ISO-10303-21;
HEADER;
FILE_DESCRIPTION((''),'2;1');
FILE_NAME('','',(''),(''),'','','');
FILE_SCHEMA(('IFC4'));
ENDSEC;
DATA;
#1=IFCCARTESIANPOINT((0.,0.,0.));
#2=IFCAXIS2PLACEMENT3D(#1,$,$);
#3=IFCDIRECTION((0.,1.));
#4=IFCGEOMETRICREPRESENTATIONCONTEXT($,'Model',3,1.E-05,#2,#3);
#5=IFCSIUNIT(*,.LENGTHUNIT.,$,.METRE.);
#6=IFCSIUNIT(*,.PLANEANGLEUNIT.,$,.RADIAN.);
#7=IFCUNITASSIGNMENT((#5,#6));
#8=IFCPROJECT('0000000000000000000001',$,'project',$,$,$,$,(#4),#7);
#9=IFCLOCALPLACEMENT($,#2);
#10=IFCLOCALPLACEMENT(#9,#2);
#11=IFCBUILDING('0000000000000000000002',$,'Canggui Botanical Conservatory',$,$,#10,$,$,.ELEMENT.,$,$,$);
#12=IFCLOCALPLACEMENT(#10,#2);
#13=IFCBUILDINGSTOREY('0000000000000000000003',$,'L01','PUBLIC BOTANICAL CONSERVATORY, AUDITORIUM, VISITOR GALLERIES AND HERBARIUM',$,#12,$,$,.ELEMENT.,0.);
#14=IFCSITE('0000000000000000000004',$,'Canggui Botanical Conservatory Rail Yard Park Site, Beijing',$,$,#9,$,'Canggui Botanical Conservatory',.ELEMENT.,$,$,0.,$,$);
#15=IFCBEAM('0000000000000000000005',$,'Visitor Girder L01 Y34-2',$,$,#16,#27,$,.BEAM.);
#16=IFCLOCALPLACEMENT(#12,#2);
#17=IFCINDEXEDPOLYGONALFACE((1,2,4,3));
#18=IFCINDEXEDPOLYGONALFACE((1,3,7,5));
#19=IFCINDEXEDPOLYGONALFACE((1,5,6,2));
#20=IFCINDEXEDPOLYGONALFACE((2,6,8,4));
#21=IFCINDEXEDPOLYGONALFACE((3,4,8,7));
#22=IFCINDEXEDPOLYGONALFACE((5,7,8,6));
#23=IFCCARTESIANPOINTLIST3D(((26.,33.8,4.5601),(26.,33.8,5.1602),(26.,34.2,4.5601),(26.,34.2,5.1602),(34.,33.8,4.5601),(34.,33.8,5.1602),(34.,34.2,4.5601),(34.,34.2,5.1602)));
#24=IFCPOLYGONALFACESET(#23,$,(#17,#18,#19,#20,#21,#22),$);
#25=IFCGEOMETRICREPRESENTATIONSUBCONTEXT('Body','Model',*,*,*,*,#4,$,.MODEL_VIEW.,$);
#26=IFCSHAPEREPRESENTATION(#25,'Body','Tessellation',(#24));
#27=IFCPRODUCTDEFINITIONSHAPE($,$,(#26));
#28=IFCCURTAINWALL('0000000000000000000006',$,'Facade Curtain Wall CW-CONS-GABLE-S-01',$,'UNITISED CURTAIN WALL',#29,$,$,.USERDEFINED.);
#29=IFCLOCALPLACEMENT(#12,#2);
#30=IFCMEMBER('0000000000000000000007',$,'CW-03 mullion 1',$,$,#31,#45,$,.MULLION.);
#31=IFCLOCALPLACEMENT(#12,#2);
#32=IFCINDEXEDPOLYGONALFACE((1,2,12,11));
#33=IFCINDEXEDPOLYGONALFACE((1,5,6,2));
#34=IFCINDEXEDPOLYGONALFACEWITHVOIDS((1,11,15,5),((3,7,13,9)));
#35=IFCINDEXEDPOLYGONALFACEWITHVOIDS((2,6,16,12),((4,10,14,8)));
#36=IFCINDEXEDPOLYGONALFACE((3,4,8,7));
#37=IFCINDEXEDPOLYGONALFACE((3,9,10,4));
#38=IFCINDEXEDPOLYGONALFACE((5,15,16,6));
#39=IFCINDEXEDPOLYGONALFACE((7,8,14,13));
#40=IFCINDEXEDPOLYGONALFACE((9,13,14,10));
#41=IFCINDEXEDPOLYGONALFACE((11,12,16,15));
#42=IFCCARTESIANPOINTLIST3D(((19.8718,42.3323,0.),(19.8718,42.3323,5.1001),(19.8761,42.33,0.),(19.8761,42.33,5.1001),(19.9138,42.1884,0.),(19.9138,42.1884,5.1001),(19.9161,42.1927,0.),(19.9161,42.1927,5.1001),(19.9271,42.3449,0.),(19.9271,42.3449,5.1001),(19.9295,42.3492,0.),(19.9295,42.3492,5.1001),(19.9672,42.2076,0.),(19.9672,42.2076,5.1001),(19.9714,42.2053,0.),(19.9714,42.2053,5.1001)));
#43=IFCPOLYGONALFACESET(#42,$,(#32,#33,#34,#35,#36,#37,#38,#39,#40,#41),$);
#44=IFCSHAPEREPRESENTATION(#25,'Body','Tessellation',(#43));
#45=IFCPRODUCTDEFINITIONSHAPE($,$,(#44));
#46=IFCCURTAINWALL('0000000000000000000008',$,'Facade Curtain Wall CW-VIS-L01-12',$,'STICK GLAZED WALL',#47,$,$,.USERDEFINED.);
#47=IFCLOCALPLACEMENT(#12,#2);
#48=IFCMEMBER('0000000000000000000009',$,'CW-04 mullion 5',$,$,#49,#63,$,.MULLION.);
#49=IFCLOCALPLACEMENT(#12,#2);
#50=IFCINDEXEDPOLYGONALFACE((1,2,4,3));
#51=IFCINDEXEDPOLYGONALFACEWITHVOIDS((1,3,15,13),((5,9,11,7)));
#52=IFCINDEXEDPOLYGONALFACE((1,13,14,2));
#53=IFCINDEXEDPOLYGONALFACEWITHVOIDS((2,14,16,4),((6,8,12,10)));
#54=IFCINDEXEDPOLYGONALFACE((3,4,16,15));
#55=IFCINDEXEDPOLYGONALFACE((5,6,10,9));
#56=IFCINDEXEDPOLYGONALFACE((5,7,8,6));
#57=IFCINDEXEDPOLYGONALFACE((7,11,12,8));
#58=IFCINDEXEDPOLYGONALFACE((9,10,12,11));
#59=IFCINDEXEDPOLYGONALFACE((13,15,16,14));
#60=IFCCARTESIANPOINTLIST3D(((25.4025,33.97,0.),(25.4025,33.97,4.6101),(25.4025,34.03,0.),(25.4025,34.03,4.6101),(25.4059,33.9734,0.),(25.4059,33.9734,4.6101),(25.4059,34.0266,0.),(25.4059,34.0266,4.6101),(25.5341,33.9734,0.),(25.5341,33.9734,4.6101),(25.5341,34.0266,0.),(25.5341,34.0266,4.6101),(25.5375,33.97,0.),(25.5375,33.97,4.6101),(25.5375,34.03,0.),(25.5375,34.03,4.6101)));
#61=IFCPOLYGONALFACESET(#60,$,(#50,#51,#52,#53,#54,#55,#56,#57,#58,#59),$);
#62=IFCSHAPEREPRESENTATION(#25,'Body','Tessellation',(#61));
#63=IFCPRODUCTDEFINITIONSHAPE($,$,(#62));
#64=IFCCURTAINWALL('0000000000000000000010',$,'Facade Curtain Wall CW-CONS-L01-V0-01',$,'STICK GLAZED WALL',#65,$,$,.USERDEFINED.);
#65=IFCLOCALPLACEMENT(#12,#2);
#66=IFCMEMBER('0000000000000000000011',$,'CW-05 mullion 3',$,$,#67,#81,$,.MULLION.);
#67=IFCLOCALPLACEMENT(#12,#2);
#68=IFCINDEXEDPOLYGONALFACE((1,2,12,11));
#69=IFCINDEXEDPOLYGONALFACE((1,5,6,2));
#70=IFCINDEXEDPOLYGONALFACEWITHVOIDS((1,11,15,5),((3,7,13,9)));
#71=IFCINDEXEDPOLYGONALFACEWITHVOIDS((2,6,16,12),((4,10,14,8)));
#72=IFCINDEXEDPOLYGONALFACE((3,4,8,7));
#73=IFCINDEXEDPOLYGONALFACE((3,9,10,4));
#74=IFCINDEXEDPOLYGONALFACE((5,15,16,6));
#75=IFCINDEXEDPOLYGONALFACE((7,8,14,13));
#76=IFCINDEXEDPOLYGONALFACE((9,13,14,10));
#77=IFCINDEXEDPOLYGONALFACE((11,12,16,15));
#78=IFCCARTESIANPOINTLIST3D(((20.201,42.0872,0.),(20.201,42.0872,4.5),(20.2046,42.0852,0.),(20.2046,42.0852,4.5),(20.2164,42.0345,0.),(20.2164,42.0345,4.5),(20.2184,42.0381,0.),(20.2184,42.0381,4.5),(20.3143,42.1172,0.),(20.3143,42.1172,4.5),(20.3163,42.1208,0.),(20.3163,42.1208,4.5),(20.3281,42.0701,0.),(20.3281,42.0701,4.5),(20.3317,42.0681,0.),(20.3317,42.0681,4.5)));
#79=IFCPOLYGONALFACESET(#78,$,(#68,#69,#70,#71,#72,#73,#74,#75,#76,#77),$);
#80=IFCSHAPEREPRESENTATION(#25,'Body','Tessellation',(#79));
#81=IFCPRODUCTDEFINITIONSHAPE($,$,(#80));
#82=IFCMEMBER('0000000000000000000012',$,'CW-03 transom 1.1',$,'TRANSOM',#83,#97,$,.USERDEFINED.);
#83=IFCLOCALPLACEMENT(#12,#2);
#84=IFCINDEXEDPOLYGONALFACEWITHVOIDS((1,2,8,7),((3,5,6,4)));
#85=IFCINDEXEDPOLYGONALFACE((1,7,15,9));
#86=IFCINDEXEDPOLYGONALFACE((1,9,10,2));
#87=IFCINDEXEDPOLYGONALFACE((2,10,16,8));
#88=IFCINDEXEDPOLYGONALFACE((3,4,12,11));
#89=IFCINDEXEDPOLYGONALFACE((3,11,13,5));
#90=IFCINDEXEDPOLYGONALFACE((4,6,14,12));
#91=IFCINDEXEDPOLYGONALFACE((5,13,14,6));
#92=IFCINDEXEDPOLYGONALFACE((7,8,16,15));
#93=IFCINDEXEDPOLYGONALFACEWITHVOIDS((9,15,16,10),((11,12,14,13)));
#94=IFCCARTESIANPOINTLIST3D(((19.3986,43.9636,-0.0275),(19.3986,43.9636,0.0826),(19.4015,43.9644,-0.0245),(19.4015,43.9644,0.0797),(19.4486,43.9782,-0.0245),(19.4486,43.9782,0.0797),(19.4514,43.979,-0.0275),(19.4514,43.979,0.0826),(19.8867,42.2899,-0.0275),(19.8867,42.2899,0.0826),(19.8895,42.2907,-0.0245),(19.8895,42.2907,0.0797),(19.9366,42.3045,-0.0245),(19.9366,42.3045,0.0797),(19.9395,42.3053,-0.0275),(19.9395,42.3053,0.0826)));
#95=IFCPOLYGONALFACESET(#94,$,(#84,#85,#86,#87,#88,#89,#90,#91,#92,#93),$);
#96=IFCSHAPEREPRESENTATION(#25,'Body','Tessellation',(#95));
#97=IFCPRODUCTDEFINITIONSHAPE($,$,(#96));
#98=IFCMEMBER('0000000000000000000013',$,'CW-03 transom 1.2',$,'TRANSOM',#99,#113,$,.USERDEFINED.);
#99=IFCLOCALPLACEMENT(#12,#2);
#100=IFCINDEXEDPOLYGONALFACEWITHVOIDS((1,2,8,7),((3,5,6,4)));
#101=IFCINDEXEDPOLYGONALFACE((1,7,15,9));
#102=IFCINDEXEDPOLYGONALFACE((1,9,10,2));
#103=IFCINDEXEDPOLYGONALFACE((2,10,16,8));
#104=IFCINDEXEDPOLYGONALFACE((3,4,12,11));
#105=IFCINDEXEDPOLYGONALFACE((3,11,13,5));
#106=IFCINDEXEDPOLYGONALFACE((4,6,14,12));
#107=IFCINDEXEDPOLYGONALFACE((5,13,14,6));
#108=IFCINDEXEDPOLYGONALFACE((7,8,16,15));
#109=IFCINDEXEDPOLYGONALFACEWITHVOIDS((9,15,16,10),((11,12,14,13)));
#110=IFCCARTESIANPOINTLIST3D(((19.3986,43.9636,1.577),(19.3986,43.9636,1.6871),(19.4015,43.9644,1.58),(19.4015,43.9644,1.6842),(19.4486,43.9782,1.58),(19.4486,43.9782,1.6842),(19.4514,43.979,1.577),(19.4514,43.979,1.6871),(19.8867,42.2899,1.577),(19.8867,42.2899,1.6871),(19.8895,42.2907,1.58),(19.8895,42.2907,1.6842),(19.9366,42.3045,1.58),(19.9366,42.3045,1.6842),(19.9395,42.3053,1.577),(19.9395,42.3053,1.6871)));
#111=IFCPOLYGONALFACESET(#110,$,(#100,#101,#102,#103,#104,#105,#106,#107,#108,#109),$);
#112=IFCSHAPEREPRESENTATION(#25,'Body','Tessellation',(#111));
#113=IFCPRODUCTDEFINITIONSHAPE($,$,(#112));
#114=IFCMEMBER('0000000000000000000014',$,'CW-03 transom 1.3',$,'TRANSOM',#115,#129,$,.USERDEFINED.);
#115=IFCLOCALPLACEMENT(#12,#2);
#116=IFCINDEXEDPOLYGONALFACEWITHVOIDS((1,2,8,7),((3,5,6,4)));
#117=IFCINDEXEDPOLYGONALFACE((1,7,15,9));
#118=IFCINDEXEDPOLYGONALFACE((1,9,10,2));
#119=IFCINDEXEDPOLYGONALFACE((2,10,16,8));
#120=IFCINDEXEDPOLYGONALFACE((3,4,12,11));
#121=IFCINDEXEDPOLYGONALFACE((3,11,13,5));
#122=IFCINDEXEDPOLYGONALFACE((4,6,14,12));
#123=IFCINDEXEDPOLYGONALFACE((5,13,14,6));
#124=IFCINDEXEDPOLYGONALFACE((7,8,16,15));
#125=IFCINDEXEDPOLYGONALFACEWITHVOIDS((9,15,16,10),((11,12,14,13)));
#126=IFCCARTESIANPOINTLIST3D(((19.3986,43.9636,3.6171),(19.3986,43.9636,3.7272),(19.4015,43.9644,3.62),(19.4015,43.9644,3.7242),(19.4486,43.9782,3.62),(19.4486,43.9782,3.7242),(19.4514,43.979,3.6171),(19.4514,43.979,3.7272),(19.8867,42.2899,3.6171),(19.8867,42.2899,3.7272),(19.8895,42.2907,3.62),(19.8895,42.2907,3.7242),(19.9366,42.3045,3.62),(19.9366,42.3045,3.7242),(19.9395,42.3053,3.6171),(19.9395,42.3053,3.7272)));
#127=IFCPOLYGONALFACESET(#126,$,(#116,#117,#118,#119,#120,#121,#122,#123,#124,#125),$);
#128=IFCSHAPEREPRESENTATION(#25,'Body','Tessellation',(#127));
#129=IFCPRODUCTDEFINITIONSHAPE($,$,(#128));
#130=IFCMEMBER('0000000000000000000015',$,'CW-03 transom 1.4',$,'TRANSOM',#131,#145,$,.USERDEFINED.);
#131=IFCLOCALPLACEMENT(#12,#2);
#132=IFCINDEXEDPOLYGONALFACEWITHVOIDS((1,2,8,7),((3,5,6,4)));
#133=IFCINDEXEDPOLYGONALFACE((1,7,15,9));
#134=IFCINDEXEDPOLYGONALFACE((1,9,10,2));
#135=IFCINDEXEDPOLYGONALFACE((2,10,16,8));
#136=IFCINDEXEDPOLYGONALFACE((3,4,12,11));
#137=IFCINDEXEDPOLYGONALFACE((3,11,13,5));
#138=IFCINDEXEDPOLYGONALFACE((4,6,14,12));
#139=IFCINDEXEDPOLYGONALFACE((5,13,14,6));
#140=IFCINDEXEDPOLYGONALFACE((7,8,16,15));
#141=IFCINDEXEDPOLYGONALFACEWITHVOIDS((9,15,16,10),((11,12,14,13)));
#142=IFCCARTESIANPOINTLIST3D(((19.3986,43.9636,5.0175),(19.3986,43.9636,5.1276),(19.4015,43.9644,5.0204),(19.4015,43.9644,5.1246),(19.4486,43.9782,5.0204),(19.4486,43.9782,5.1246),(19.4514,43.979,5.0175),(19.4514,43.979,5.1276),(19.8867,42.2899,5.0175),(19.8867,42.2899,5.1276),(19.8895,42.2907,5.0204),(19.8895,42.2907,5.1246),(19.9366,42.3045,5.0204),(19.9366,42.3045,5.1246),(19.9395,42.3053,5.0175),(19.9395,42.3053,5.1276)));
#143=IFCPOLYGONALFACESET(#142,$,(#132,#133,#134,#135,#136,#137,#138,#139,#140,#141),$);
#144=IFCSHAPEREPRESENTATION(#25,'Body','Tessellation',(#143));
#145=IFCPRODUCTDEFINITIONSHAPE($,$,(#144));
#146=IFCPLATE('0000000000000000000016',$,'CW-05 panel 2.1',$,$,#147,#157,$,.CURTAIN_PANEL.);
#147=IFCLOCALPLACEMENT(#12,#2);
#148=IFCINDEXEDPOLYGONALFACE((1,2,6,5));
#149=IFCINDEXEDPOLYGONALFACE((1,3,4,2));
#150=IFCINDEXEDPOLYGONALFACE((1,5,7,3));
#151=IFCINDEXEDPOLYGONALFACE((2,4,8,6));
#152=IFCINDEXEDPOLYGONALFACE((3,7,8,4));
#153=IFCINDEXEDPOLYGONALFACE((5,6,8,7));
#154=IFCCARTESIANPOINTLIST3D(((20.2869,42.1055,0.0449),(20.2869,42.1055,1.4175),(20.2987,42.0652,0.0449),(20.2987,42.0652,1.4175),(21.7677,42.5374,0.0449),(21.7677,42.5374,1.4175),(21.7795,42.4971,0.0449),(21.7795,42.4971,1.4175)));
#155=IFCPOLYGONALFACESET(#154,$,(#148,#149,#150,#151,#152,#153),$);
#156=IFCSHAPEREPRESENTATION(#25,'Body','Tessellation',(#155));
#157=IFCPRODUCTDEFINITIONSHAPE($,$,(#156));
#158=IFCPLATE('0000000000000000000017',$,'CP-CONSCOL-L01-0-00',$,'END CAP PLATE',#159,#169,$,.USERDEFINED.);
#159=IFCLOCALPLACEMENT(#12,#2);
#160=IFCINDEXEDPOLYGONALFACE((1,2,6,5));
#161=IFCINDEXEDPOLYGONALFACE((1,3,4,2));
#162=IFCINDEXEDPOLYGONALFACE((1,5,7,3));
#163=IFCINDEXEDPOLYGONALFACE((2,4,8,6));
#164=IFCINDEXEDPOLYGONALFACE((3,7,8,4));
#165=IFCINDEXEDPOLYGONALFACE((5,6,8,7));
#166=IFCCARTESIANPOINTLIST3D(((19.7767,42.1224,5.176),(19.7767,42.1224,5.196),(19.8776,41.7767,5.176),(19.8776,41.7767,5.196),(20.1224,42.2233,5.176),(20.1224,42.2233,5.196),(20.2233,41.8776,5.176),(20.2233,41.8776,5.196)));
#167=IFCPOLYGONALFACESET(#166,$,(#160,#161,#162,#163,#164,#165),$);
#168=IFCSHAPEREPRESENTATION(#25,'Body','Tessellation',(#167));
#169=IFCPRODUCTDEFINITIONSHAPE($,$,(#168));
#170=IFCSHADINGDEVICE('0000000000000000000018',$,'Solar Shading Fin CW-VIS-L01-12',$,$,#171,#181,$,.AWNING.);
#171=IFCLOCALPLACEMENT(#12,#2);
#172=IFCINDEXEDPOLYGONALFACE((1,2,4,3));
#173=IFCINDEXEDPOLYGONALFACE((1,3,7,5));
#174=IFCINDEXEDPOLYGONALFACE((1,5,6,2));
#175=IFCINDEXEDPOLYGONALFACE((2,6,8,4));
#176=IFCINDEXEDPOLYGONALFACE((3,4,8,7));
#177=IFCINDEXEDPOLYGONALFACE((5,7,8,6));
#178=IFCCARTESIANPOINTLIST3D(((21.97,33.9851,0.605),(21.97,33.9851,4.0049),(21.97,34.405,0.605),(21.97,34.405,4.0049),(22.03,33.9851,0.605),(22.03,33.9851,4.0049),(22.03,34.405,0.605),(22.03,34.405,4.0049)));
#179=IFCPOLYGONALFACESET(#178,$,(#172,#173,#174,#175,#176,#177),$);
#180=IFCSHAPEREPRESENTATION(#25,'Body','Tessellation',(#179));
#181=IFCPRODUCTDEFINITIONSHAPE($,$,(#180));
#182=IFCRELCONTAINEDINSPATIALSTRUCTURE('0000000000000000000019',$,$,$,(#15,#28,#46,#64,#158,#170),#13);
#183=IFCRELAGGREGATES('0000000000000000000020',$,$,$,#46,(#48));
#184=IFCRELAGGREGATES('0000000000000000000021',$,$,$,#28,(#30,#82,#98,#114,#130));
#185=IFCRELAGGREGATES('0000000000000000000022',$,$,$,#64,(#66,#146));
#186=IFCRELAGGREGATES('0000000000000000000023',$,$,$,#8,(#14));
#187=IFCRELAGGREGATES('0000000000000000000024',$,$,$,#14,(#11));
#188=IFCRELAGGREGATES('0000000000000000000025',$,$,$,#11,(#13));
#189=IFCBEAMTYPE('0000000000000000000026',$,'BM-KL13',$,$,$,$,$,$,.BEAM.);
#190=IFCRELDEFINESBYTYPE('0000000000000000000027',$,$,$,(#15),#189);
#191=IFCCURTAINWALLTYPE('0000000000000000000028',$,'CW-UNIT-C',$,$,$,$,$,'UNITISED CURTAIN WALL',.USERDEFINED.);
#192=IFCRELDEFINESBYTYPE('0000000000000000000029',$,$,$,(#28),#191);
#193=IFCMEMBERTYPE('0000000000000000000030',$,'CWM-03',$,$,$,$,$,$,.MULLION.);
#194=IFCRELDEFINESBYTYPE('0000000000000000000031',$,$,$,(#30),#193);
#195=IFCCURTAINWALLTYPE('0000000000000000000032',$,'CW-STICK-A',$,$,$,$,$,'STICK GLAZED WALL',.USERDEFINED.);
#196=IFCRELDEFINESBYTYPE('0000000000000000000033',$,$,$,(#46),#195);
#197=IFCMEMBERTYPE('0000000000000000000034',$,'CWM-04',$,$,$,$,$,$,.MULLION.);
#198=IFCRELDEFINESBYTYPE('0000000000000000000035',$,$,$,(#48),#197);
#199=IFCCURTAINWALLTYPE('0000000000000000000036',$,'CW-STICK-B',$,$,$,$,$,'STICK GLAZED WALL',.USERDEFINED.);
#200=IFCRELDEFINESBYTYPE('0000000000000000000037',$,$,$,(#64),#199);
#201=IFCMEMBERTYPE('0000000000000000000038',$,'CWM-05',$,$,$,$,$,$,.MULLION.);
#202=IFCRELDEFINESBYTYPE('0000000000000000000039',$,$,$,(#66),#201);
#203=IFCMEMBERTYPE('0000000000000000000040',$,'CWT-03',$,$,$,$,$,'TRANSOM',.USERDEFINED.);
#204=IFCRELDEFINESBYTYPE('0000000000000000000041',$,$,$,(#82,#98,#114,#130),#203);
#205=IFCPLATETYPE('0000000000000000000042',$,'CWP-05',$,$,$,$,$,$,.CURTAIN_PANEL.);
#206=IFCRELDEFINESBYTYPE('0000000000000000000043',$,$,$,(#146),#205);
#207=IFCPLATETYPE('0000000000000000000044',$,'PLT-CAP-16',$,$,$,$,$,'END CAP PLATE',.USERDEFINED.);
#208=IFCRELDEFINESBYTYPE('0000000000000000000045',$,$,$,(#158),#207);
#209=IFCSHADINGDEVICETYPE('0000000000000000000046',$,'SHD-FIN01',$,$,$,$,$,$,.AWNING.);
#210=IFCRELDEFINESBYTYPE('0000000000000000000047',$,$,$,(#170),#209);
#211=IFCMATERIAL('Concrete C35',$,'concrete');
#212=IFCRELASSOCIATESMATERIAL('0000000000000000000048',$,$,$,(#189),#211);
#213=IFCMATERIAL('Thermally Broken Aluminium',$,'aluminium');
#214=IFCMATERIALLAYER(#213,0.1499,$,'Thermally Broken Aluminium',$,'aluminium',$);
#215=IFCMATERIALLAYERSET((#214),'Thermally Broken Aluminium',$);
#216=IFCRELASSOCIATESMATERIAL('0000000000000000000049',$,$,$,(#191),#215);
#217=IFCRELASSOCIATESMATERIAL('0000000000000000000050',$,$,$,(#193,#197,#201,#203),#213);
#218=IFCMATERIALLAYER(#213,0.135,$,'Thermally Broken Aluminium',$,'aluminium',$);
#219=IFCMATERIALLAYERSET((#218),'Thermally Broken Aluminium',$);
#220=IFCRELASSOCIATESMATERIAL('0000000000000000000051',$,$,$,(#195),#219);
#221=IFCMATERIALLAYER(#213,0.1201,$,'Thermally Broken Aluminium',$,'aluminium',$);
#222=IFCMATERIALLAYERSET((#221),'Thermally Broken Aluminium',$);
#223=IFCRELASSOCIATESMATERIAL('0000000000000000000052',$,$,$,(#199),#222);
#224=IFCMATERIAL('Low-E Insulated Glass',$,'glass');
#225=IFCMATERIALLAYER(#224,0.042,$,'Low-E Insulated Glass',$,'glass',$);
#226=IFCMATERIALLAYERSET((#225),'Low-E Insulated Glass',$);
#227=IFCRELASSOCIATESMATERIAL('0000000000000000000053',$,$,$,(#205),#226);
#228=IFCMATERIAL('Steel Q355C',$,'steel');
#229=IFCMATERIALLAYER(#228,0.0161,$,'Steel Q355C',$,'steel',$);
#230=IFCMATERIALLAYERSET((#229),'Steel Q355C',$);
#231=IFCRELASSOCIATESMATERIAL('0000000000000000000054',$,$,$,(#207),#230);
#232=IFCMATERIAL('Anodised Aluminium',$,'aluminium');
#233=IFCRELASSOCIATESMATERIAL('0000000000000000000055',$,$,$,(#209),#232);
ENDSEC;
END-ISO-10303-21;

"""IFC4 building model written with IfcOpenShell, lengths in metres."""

from ifc_helpers import new_model, si_unit, direction, frame, origin, origin_2d, place, context, subcontext, project, spatial, rectangle, hollow_rectangle, extrude, material, layer, layer_set, material_profile, profile_set, type_object, element, aggregate, save


model = new_model("IFC4")

# Units and contexts
model_context = context("Model", 3, precision=1e-05, world=origin(), true_north=direction((0.0, 1.0)))
body_context = subcontext(model_context, "Body", "Model", "MODEL_VIEW")
ifc_project = project(units=[si_unit("LENGTHUNIT", "METRE"), si_unit("PLANEANGLEUNIT", "RADIAN")], contexts=[model_context])

# Site, building, storey
site_placement = place(None, origin())
site = spatial("IfcSite", under=ifc_project, at=site_placement, Name="Canggui Botanical Conservatory Rail Yard Park Site, Beijing", LongName="Canggui Botanical Conservatory", CompositionType="ELEMENT", RefElevation=0.0)
building_placement = place(site_placement, origin())
building = spatial("IfcBuilding", under=site, at=building_placement, Name="Canggui Botanical Conservatory", CompositionType="ELEMENT")
storey_placement = place(building_placement, origin())
storey = spatial("IfcBuildingStorey", under=building, at=storey_placement, Name="L01", Description="PUBLIC BOTANICAL CONSERVATORY, AUDITORIUM, VISITOR GALLERIES AND HERBARIUM", CompositionType="ELEMENT", Elevation=0.0)

# Shared definitions
ifc_material_1 = material(Name="Concrete C35", Category="concrete")

# Shared definitions
ifc_material_2 = material(Name="Steel Q355C", Category="steel")

# Beam
ifc_material_profile_1 = material_profile(ifc_material_1, rectangle(XDim=0.3999, YDim=0.6001, at=origin_2d()), Name="RB 400x600")
ifc_profile_set_1 = profile_set([ifc_material_profile_1], Name="Concrete C35")
beam_type_1 = type_object("IfcBeamType", Name="BM-KL13", PredefinedType="BEAM", material=ifc_profile_set_1)
beam_1_placement = place(storey_placement, frame((26.0, 34.0, 4.8601), z_axis=(1.0, 0.0, 0.0), x_axis=(0.0, 1.0, 0.0)))
element("IfcBeam", 1, at=beam_1_placement, inside=storey, type_object=beam_type_1, Name="Visitor Girder L01 Y34-2", PredefinedType="BEAM", context=body_context, shape_type="SweptSolid", body=[
    extrude(rectangle(XDim=0.3999, YDim=0.6001, at=origin_2d()), origin(), (0.0, 0.0, 1.0), 8.0),
])

# Curtain walls, members
ifc_material_3 = material(Name="Thermally Broken Aluminium", Category="aluminium")
ifc_layer_1 = layer(ifc_material_3, 0.1499, Name="Thermally Broken Aluminium", Category="aluminium")
ifc_layer_set_1 = layer_set([ifc_layer_1], Name="Thermally Broken Aluminium")
curtain_wall_type_1 = type_object("IfcCurtainWallType", Name="CW-UNIT-C", ElementType="UNITISED CURTAIN WALL", PredefinedType="USERDEFINED", material=ifc_layer_set_1)
curtain_wall_1_placement = place(storey_placement, origin())
curtain_wall_1 = element("IfcCurtainWall", 2, at=curtain_wall_1_placement, inside=storey, type_object=curtain_wall_type_1, Name="Facade Curtain Wall CW-CONS-GABLE-S-01", ObjectType="UNITISED CURTAIN WALL", PredefinedType="USERDEFINED")
ifc_material_profile_2 = material_profile(ifc_material_3, hollow_rectangle(XDim=0.0601, YDim=0.1499, WallThickness=0.0034, at=origin_2d()), Name="CWM 60x150x3.5")
ifc_profile_set_2 = profile_set([ifc_material_profile_2], Name="Thermally Broken Aluminium")
member_type_1 = type_object("IfcMemberType", Name="CWM-03", PredefinedType="MULLION", material=ifc_profile_set_2)
member_1_placement = place(storey_placement, frame((19.9216, 42.2688, 0.0), z_axis=(0.0, 0.0, 1.0), x_axis=(-0.96, -0.28, 0.0)))
member_1 = element("IfcMember", 3, at=member_1_placement, type_object=member_type_1, Name="CW-03 mullion 1", PredefinedType="MULLION", context=body_context, shape_type="SweptSolid", body=[
    extrude(hollow_rectangle(XDim=0.0601, YDim=0.1499, WallThickness=0.0034, at=origin_2d()), origin(), (0.0, 0.0, 1.0), 5.1001),
])
ifc_layer_2 = layer(ifc_material_3, 0.135, Name="Thermally Broken Aluminium", Category="aluminium")
ifc_layer_set_2 = layer_set([ifc_layer_2], Name="Thermally Broken Aluminium")
curtain_wall_type_2 = type_object("IfcCurtainWallType", Name="CW-STICK-A", ElementType="STICK GLAZED WALL", PredefinedType="USERDEFINED", material=ifc_layer_set_2)
curtain_wall_2_placement = place(storey_placement, origin())
curtain_wall_2 = element("IfcCurtainWall", 4, at=curtain_wall_2_placement, inside=storey, type_object=curtain_wall_type_2, Name="Facade Curtain Wall CW-VIS-L01-12", ObjectType="STICK GLAZED WALL", PredefinedType="USERDEFINED")
ifc_material_profile_3 = material_profile(ifc_material_3, hollow_rectangle(XDim=0.0601, YDim=0.135, WallThickness=0.0034, at=origin_2d()), Name="CWM 60x135x3.5")
ifc_profile_set_3 = profile_set([ifc_material_profile_3], Name="Thermally Broken Aluminium")
member_type_2 = type_object("IfcMemberType", Name="CWM-04", PredefinedType="MULLION", material=ifc_profile_set_3)
member_2_placement = place(storey_placement, frame((25.47, 34.0, 0.0), z_axis=(0.0, 0.0, 1.0), x_axis=(0.0, 1.0, 0.0)))
member_2 = element("IfcMember", 5, at=member_2_placement, type_object=member_type_2, Name="CW-04 mullion 5", PredefinedType="MULLION", context=body_context, shape_type="SweptSolid", body=[
    extrude(hollow_rectangle(XDim=0.0601, YDim=0.135, WallThickness=0.0034, at=origin_2d()), origin(), (0.0, 0.0, 1.0), 4.6101),
])
aggregate(curtain_wall_2, [member_2])
ifc_layer_3 = layer(ifc_material_3, 0.1201, Name="Thermally Broken Aluminium", Category="aluminium")
ifc_layer_set_3 = layer_set([ifc_layer_3], Name="Thermally Broken Aluminium")
curtain_wall_type_3 = type_object("IfcCurtainWallType", Name="CW-STICK-B", ElementType="STICK GLAZED WALL", PredefinedType="USERDEFINED", material=ifc_layer_set_3)
curtain_wall_3_placement = place(storey_placement, origin())
curtain_wall_3 = element("IfcCurtainWall", 6, at=curtain_wall_3_placement, inside=storey, type_object=curtain_wall_type_3, Name="Facade Curtain Wall CW-CONS-L01-V0-01", ObjectType="STICK GLAZED WALL", PredefinedType="USERDEFINED")
ifc_material_profile_4 = material_profile(ifc_material_3, hollow_rectangle(XDim=0.0549, YDim=0.1201, WallThickness=0.0029, at=origin_2d()), Name="CWM 55x120x3")
ifc_profile_set_4 = profile_set([ifc_material_profile_4], Name="Thermally Broken Aluminium")
member_type_3 = type_object("IfcMemberType", Name="CWM-05", PredefinedType="MULLION", material=ifc_profile_set_4)
member_3_placement = place(storey_placement, frame((20.2664, 42.0776, 0.0), z_axis=(0.0, 0.0, 1.0), x_axis=(0.28, -0.96, 0.0)))
member_3 = element("IfcMember", 7, at=member_3_placement, type_object=member_type_3, Name="CW-05 mullion 3", PredefinedType="MULLION", context=body_context, shape_type="SweptSolid", body=[
    extrude(hollow_rectangle(XDim=0.0549, YDim=0.1201, WallThickness=0.0029, at=origin_2d()), origin(), (0.0, 0.0, 1.0), 4.5),
])

# Members
ifc_material_profile_5 = material_profile(ifc_material_3, hollow_rectangle(XDim=0.0549, YDim=0.1101, WallThickness=0.0029, at=origin_2d()), Name="CWT 55x110x3")
ifc_profile_set_5 = profile_set([ifc_material_profile_5], Name="Thermally Broken Aluminium")
member_type_4 = type_object("IfcMemberType", Name="CWT-03", ElementType="TRANSOM", PredefinedType="USERDEFINED", material=ifc_profile_set_5)
member_4_placement = place(storey_placement, frame((19.9131, 42.2976, 0.0276), z_axis=(-0.279952, 0.960014, 0.0), x_axis=(-0.960014, -0.279952, 0.0)))
member_4 = element("IfcMember", 8, at=member_4_placement, type_object=member_type_4, Name="CW-03 transom 1.1", ObjectType="TRANSOM", PredefinedType="USERDEFINED", context=body_context, shape_type="SweptSolid", body=[
    extrude(hollow_rectangle(XDim=0.0549, YDim=0.1101, WallThickness=0.0029, at=origin_2d()), origin(), (0.0, 0.0, 1.0), 1.7434),
])
member_5_placement = place(storey_placement, frame((19.9131, 42.2976, 1.6321), z_axis=(-0.279952, 0.960014, 0.0), x_axis=(-0.960014, -0.279952, 0.0)))
member_5 = element("IfcMember", 9, at=member_5_placement, type_object=member_type_4, Name="CW-03 transom 1.2", ObjectType="TRANSOM", PredefinedType="USERDEFINED", context=body_context, shape_type="SweptSolid", body=[
    extrude(hollow_rectangle(XDim=0.0549, YDim=0.1101, WallThickness=0.0029, at=origin_2d()), origin(), (0.0, 0.0, 1.0), 1.7434),
])
member_6_placement = place(storey_placement, frame((19.9131, 42.2976, 3.6721), z_axis=(-0.279952, 0.960014, 0.0), x_axis=(-0.960014, -0.279952, 0.0)))
member_6 = element("IfcMember", 10, at=member_6_placement, type_object=member_type_4, Name="CW-03 transom 1.3", ObjectType="TRANSOM", PredefinedType="USERDEFINED", context=body_context, shape_type="SweptSolid", body=[
    extrude(hollow_rectangle(XDim=0.0549, YDim=0.1101, WallThickness=0.0029, at=origin_2d()), origin(), (0.0, 0.0, 1.0), 1.7434),
])
member_7_placement = place(storey_placement, frame((19.9131, 42.2976, 5.0725), z_axis=(-0.279952, 0.960014, 0.0), x_axis=(-0.960014, -0.279952, 0.0)))
member_7 = element("IfcMember", 11, at=member_7_placement, type_object=member_type_4, Name="CW-03 transom 1.4", ObjectType="TRANSOM", PredefinedType="USERDEFINED", context=body_context, shape_type="SweptSolid", body=[
    extrude(hollow_rectangle(XDim=0.0549, YDim=0.1101, WallThickness=0.0029, at=origin_2d()), origin(), (0.0, 0.0, 1.0), 1.7434),
])
aggregate(curtain_wall_1, [member_1, member_4, member_5, member_6, member_7])

# Plates
ifc_material_4 = material(Name="Low-E Insulated Glass", Category="glass")
ifc_layer_4 = layer(ifc_material_4, 0.042, Name="Low-E Insulated Glass", Category="glass")
ifc_layer_set_4 = layer_set([ifc_layer_4], Name="Low-E Insulated Glass")
plate_type_1 = type_object("IfcPlateType", Name="CWP-05", PredefinedType="CURTAIN_PANEL", material=ifc_layer_set_4)
plate_1_placement = place(storey_placement, frame((21.0332, 42.3013, 0.0449), z_axis=(0.0, 0.0, 1.0), x_axis=(-0.96, -0.28, 0.0)))
plate_1 = element("IfcPlate", 12, at=plate_1_placement, type_object=plate_type_1, Name="CW-05 panel 2.1", PredefinedType="CURTAIN_PANEL", context=body_context, shape_type="SweptSolid", body=[
    extrude(rectangle(XDim=1.5425, YDim=0.042, at=origin_2d()), origin(), (0.0, 0.0, 1.0), 1.3726),
])
aggregate(curtain_wall_3, [member_3, plate_1])
ifc_layer_5 = layer(ifc_material_2, 0.0161, Name="Steel Q355C", Category="steel")
ifc_layer_set_5 = layer_set([ifc_layer_5], Name="Steel Q355C")
plate_type_2 = type_object("IfcPlateType", Name="PLT-CAP-16", ElementType="END CAP PLATE", PredefinedType="USERDEFINED", material=ifc_layer_set_5)
plate_2_placement = place(storey_placement, frame((20.0, 42.0, 5.176), z_axis=(0.0, 0.0, 1.0), x_axis=(0.96, 0.28, 0.0)))
element("IfcPlate", 13, at=plate_2_placement, inside=storey, type_object=plate_type_2, Name="CP-CONSCOL-L01-0-00", ObjectType="END CAP PLATE", PredefinedType="USERDEFINED", context=body_context, shape_type="SweptSolid", body=[
    extrude(rectangle(XDim=0.3601, YDim=0.3601, at=origin_2d()), origin(), (0.0, 0.0, 1.0), 0.02),
])

# Shared definitions
ifc_material_5 = material(Name="Anodised Aluminium", Category="aluminium")

# Shading device
shading_device_type = type_object("IfcShadingDeviceType", Name="SHD-FIN01", PredefinedType="AWNING", material=ifc_material_5)
shading_device_placement = place(storey_placement, frame((22.0, 34.1951, 0.605), z_axis=(0.0, 0.0, 1.0), x_axis=(1.0, 0.0, 0.0)))
element("IfcShadingDevice", 14, at=shading_device_placement, inside=storey, type_object=shading_device_type, Name="Solar Shading Fin CW-VIS-L01-12", PredefinedType="AWNING", context=body_context, shape_type="SweptSolid", body=[
    extrude(rectangle(XDim=0.0601, YDim=0.4199, at=origin_2d()), origin(), (0.0, 0.0, 1.0), 3.3999),
])

save(model, "model.ifc")
